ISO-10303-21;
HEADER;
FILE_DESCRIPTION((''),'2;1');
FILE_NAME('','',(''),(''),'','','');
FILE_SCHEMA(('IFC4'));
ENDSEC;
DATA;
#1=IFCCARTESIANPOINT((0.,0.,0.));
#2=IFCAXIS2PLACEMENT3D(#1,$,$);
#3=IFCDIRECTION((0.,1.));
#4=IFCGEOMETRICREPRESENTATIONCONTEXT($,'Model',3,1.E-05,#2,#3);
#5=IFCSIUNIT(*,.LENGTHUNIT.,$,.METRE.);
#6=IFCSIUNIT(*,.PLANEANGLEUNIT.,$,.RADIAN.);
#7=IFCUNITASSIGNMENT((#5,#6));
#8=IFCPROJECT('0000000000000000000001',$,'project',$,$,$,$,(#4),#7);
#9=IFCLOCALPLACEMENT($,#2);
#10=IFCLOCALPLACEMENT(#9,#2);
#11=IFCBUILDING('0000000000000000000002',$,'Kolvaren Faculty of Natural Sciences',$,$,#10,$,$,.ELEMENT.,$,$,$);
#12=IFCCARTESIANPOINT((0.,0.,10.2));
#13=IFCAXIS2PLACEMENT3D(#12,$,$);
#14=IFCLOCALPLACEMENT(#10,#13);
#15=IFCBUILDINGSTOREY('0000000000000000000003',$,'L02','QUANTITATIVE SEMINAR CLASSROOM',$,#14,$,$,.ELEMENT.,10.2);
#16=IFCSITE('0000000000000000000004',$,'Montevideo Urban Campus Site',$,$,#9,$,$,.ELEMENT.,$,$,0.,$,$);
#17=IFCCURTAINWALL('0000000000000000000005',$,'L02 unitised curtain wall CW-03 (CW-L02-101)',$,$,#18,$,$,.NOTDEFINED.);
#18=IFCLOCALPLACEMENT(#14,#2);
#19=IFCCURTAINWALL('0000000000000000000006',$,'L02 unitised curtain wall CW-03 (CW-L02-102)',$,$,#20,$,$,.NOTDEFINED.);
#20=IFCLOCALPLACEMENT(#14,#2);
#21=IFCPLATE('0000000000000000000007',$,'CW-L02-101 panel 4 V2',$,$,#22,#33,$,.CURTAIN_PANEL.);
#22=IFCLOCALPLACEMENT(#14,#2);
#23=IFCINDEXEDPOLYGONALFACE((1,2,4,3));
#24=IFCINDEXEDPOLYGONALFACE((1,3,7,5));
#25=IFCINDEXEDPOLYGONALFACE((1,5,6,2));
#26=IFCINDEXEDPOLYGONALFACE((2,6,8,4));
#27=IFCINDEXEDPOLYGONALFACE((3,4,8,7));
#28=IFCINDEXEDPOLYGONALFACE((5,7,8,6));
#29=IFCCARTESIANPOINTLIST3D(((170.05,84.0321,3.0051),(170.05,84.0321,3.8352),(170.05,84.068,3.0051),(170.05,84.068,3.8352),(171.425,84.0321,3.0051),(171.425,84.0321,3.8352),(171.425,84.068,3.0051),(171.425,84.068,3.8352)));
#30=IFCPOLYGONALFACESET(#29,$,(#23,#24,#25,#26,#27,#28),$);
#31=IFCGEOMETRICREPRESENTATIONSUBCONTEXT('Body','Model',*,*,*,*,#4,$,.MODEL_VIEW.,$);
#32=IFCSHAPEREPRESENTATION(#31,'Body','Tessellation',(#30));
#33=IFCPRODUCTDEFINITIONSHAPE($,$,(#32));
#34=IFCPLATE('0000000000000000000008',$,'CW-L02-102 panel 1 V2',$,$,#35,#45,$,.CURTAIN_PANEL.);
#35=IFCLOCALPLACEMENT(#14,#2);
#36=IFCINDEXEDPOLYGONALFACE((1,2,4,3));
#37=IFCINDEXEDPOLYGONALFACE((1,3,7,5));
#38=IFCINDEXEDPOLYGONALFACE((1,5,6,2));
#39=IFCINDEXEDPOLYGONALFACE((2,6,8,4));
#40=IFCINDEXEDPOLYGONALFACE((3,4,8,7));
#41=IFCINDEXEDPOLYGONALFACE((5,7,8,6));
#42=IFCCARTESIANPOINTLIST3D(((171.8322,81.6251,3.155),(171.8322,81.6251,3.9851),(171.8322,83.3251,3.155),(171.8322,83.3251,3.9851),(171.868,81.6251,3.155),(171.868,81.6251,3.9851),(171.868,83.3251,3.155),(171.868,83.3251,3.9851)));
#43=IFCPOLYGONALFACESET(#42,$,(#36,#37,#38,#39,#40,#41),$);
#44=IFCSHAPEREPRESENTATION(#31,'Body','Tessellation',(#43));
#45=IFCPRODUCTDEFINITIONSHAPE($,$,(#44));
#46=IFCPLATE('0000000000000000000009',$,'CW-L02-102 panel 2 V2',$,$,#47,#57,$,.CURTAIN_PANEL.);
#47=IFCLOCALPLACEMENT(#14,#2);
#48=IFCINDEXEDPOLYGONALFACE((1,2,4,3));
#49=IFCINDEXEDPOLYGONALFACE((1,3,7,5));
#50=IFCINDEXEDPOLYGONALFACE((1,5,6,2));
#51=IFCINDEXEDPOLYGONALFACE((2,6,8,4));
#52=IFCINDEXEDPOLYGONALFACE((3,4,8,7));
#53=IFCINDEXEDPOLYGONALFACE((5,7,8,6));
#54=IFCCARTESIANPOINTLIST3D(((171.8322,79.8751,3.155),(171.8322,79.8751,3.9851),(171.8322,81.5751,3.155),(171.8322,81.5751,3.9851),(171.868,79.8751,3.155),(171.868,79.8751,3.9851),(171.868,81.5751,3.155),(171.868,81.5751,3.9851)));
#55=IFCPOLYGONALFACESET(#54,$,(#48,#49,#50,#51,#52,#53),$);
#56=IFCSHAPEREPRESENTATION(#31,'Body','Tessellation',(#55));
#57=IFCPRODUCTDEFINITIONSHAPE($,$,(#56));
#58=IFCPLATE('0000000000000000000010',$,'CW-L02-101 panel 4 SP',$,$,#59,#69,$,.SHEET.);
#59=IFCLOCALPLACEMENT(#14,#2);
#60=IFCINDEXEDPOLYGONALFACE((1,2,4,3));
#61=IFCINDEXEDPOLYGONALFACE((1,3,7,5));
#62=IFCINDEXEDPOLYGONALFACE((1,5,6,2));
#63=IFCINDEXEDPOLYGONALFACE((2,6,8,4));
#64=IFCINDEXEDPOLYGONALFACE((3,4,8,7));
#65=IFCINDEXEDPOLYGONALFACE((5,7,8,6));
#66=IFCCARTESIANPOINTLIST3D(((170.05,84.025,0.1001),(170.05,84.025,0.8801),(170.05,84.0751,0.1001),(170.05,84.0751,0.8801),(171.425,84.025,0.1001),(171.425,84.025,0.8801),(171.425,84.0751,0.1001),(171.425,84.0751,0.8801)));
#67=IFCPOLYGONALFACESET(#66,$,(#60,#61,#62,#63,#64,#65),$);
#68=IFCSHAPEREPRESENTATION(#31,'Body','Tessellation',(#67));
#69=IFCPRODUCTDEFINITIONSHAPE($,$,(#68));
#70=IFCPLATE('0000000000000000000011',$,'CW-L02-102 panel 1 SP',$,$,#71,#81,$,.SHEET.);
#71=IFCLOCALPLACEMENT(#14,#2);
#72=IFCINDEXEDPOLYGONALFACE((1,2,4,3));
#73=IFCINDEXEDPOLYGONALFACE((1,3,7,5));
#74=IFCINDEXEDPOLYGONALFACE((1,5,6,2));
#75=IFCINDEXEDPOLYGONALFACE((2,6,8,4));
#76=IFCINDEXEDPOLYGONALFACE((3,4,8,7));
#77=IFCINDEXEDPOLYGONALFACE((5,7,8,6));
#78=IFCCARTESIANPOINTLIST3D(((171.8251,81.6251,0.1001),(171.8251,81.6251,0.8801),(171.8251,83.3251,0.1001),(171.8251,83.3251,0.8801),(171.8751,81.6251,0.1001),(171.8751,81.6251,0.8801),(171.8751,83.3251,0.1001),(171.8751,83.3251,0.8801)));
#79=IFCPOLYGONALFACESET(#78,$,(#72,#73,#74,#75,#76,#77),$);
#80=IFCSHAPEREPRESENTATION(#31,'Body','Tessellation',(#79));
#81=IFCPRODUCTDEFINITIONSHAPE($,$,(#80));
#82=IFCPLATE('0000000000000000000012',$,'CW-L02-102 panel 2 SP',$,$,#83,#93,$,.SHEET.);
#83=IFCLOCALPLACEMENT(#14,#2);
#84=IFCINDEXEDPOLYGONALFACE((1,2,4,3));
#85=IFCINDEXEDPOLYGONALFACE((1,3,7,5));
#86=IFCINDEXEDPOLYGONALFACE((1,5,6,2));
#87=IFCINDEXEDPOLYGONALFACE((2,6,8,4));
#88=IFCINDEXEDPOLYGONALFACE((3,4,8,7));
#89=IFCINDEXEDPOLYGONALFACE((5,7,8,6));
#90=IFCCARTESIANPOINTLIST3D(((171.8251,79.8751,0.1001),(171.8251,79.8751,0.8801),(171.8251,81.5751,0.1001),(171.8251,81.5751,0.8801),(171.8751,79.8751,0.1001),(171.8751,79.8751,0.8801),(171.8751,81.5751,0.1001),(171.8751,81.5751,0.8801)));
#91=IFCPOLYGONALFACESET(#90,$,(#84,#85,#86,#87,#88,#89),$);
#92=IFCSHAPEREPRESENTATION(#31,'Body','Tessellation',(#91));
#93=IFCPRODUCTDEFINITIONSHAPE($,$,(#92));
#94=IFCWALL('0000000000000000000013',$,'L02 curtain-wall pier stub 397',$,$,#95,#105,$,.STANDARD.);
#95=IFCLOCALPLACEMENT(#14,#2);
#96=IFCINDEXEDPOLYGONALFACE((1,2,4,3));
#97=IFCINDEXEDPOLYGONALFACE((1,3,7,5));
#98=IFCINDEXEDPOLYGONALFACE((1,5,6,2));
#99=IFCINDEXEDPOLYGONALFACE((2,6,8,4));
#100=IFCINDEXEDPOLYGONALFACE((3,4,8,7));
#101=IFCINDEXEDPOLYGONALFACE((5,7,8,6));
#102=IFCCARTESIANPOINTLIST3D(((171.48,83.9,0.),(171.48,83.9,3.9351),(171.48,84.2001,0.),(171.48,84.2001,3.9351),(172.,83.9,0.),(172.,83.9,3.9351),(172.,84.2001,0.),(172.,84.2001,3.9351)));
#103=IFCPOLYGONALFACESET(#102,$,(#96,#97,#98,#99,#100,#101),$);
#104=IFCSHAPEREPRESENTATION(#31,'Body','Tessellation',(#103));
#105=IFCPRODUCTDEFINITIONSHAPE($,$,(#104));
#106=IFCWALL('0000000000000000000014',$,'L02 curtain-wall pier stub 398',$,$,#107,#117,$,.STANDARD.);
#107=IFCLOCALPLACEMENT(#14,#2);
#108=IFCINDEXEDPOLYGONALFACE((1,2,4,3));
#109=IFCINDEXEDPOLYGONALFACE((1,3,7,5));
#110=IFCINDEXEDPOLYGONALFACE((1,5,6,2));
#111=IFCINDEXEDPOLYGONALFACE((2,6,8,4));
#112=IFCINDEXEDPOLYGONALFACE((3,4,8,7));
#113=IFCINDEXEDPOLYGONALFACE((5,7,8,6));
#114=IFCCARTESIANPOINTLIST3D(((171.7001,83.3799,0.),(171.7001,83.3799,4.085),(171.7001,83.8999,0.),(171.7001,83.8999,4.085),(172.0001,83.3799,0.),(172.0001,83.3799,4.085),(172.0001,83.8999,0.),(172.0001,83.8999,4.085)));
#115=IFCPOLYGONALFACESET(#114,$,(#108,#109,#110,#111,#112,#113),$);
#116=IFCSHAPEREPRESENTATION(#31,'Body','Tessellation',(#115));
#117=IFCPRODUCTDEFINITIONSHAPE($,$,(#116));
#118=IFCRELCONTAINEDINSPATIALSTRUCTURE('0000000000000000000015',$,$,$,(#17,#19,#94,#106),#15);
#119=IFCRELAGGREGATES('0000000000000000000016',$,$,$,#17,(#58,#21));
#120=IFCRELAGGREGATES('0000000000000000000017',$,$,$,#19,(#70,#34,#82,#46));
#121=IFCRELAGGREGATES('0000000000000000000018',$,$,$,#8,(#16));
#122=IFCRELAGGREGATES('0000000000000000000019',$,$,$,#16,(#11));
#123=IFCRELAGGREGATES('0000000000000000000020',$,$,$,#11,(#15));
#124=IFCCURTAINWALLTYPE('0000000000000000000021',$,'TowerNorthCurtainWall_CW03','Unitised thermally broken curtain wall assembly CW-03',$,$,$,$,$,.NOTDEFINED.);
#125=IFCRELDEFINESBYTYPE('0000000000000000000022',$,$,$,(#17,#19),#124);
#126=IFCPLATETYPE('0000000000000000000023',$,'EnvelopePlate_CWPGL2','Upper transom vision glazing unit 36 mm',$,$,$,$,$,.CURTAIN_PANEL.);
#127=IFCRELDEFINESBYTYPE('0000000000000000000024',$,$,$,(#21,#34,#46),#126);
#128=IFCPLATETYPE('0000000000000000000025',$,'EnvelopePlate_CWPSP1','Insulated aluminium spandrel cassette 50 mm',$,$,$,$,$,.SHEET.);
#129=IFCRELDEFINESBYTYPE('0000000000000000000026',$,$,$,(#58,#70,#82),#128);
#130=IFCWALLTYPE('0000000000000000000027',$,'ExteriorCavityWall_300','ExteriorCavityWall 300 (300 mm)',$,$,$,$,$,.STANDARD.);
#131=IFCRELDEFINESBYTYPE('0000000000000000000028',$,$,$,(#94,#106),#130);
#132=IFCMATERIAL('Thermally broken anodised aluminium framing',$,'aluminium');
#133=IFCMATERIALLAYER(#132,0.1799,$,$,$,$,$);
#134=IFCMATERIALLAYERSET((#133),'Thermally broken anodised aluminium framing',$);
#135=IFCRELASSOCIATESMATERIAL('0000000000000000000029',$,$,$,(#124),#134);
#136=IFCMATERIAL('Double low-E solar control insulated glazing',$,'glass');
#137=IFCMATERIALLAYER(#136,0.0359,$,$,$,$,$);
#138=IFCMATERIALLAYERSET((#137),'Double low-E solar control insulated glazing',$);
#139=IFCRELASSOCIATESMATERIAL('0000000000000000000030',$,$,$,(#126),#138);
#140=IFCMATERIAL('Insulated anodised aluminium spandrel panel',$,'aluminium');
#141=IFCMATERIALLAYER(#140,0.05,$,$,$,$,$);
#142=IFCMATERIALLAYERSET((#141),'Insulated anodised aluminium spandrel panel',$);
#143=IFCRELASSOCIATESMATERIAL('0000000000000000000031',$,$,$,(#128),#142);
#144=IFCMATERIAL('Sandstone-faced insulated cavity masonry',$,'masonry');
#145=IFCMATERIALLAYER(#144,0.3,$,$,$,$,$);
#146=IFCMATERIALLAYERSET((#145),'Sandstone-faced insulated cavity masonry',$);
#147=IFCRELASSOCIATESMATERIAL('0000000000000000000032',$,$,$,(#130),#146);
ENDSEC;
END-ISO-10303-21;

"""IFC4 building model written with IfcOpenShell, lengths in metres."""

from ifc_helpers import new_model, si_unit, direction, frame, frame_2d, origin, origin_2d, place, context, subcontext, project, spatial, rectangle, extrude, material, layer, layer_set, type_object, element, aggregate, save


model = new_model("IFC4")

# Units and contexts
model_context = context("Model", 3, precision=1e-05, world=origin(), true_north=direction((0.0, 1.0)))
body_context = subcontext(model_context, "Body", "Model", "MODEL_VIEW")
ifc_project = project(units=[si_unit("LENGTHUNIT", "METRE"), si_unit("PLANEANGLEUNIT", "RADIAN")], contexts=[model_context])

# Site, building, storey
site_placement = place(None, origin())
site = spatial("IfcSite", under=ifc_project, at=site_placement, Name="Montevideo Urban Campus Site", CompositionType="ELEMENT", RefElevation=0.0)
building_placement = place(site_placement, origin())
building = spatial("IfcBuilding", under=site, at=building_placement, Name="Kolvaren Faculty of Natural Sciences", CompositionType="ELEMENT")
storey_placement = place(building_placement, frame((0.0, 0.0, 10.2)))
storey = spatial("IfcBuildingStorey", under=building, at=storey_placement, Name="L02", Description="QUANTITATIVE SEMINAR CLASSROOM", CompositionType="ELEMENT", Elevation=10.2)

# Curtain walls
ifc_material_1 = material(Name="Thermally broken anodised aluminium framing", Category="aluminium")
ifc_layer_1 = layer(ifc_material_1, 0.1799)
ifc_layer_set_1 = layer_set([ifc_layer_1], Name="Thermally broken anodised aluminium framing")
curtain_wall_type = type_object("IfcCurtainWallType", Name="TowerNorthCurtainWall_CW03", Description="Unitised thermally broken curtain wall assembly CW-03", PredefinedType="NOTDEFINED", material=ifc_layer_set_1)
curtain_wall_1_placement = place(storey_placement, origin())
curtain_wall_1 = element("IfcCurtainWall", 1, at=curtain_wall_1_placement, inside=storey, type_object=curtain_wall_type, Name="L02 unitised curtain wall CW-03 (CW-L02-101)", PredefinedType="NOTDEFINED")
curtain_wall_2_placement = place(storey_placement, origin())
curtain_wall_2 = element("IfcCurtainWall", 2, at=curtain_wall_2_placement, inside=storey, type_object=curtain_wall_type, Name="L02 unitised curtain wall CW-03 (CW-L02-102)", PredefinedType="NOTDEFINED")

# Plates
ifc_material_2 = material(Name="Double low-E solar control insulated glazing", Category="glass")
ifc_layer_2 = layer(ifc_material_2, 0.0359)
ifc_layer_set_2 = layer_set([ifc_layer_2], Name="Double low-E solar control insulated glazing")
plate_type_1 = type_object("IfcPlateType", Name="EnvelopePlate_CWPGL2", Description="Upper transom vision glazing unit 36 mm", PredefinedType="CURTAIN_PANEL", material=ifc_layer_set_2)
plate_1_placement = place(storey_placement, frame((170.7375, 84.05, 3.0051), z_axis=(0.0, 0.0, 1.0), x_axis=(1.0, 0.0, 0.0)))
plate_1 = element("IfcPlate", 3, at=plate_1_placement, type_object=plate_type_1, Name="CW-L02-101 panel 4 V2", PredefinedType="CURTAIN_PANEL", context=body_context, shape_type="SweptSolid", body=[
    extrude(rectangle(XDim=1.375, YDim=0.0359, at=origin_2d()), origin(), (0.0, 0.0, 1.0), 0.8301),
])
plate_2_placement = place(storey_placement, frame((171.8501, 82.4751, 3.155), z_axis=(0.0, 0.0, 1.0), x_axis=(0.0, -1.0, 0.0)))
plate_2 = element("IfcPlate", 4, at=plate_2_placement, type_object=plate_type_1, Name="CW-L02-102 panel 1 V2", PredefinedType="CURTAIN_PANEL", context=body_context, shape_type="SweptSolid", body=[
    extrude(rectangle(XDim=1.7, YDim=0.0359, at=origin_2d()), origin(), (0.0, 0.0, 1.0), 0.8301),
])
plate_3_placement = place(storey_placement, frame((171.8501, 80.7251, 3.155), z_axis=(0.0, 0.0, 1.0), x_axis=(0.0, -1.0, 0.0)))
plate_3 = element("IfcPlate", 5, at=plate_3_placement, type_object=plate_type_1, Name="CW-L02-102 panel 2 V2", PredefinedType="CURTAIN_PANEL", context=body_context, shape_type="SweptSolid", body=[
    extrude(rectangle(XDim=1.7, YDim=0.0359, at=origin_2d()), origin(), (0.0, 0.0, 1.0), 0.8301),
])
ifc_material_3 = material(Name="Insulated anodised aluminium spandrel panel", Category="aluminium")
ifc_layer_3 = layer(ifc_material_3, 0.05)
ifc_layer_set_3 = layer_set([ifc_layer_3], Name="Insulated anodised aluminium spandrel panel")
plate_type_2 = type_object("IfcPlateType", Name="EnvelopePlate_CWPSP1", Description="Insulated aluminium spandrel cassette 50 mm", PredefinedType="SHEET", material=ifc_layer_set_3)
plate_4_placement = place(storey_placement, frame((170.7375, 84.05, 0.1001), z_axis=(0.0, 0.0, 1.0), x_axis=(1.0, 0.0, 0.0)))
plate_4 = element("IfcPlate", 6, at=plate_4_placement, type_object=plate_type_2, Name="CW-L02-101 panel 4 SP", PredefinedType="SHEET", context=body_context, shape_type="SweptSolid", body=[
    extrude(rectangle(XDim=1.375, YDim=0.05, at=origin_2d()), origin(), (0.0, 0.0, 1.0), 0.78),
])
aggregate(curtain_wall_1, [plate_4, plate_1])
plate_5_placement = place(storey_placement, frame((171.8501, 82.4751, 0.1001), z_axis=(0.0, 0.0, 1.0), x_axis=(0.0, -1.0, 0.0)))
plate_5 = element("IfcPlate", 7, at=plate_5_placement, type_object=plate_type_2, Name="CW-L02-102 panel 1 SP", PredefinedType="SHEET", context=body_context, shape_type="SweptSolid", body=[
    extrude(rectangle(XDim=1.7, YDim=0.05, at=origin_2d()), origin(), (0.0, 0.0, 1.0), 0.78),
])
plate_6_placement = place(storey_placement, frame((171.8501, 80.7251, 0.1001), z_axis=(0.0, 0.0, 1.0), x_axis=(0.0, -1.0, 0.0)))
plate_6 = element("IfcPlate", 8, at=plate_6_placement, type_object=plate_type_2, Name="CW-L02-102 panel 2 SP", PredefinedType="SHEET", context=body_context, shape_type="SweptSolid", body=[
    extrude(rectangle(XDim=1.7, YDim=0.05, at=origin_2d()), origin(), (0.0, 0.0, 1.0), 0.78),
])
aggregate(curtain_wall_2, [plate_5, plate_2, plate_6, plate_3])

# Walls
ifc_material_4 = material(Name="Sandstone-faced insulated cavity masonry", Category="masonry")
ifc_layer_4 = layer(ifc_material_4, 0.3)
ifc_layer_set_4 = layer_set([ifc_layer_4], Name="Sandstone-faced insulated cavity masonry")
wall_type = type_object("IfcWallType", Name="ExteriorCavityWall_300", Description="ExteriorCavityWall 300 (300 mm)", PredefinedType="STANDARD", material=ifc_layer_set_4)
wall_1_placement = place(storey_placement, frame((171.48, 84.05, 0.0), z_axis=(0.0, 0.0, 1.0), x_axis=(1.0, 0.0, 0.0)))
element("IfcWall", 9, at=wall_1_placement, inside=storey, type_object=wall_type, Name="L02 curtain-wall pier stub 397", PredefinedType="STANDARD", context=body_context, shape_type="SweptSolid", body=[
    extrude(rectangle(XDim=0.52, YDim=0.3, at=frame_2d((0.26, 0.0))), origin(), (0.0, 0.0, 1.0), 3.9351),
])
wall_2_placement = place(storey_placement, frame((171.8501, 83.8999, 0.0), z_axis=(0.0, 0.0, 1.0), x_axis=(0.0, -1.0, 0.0)))
element("IfcWall", 10, at=wall_2_placement, inside=storey, type_object=wall_type, Name="L02 curtain-wall pier stub 398", PredefinedType="STANDARD", context=body_context, shape_type="SweptSolid", body=[
    extrude(rectangle(XDim=0.52, YDim=0.3, at=frame_2d((0.26, 0.0))), origin(), (0.0, 0.0, 1.0), 4.085),
])

save(model, "model.ifc")
